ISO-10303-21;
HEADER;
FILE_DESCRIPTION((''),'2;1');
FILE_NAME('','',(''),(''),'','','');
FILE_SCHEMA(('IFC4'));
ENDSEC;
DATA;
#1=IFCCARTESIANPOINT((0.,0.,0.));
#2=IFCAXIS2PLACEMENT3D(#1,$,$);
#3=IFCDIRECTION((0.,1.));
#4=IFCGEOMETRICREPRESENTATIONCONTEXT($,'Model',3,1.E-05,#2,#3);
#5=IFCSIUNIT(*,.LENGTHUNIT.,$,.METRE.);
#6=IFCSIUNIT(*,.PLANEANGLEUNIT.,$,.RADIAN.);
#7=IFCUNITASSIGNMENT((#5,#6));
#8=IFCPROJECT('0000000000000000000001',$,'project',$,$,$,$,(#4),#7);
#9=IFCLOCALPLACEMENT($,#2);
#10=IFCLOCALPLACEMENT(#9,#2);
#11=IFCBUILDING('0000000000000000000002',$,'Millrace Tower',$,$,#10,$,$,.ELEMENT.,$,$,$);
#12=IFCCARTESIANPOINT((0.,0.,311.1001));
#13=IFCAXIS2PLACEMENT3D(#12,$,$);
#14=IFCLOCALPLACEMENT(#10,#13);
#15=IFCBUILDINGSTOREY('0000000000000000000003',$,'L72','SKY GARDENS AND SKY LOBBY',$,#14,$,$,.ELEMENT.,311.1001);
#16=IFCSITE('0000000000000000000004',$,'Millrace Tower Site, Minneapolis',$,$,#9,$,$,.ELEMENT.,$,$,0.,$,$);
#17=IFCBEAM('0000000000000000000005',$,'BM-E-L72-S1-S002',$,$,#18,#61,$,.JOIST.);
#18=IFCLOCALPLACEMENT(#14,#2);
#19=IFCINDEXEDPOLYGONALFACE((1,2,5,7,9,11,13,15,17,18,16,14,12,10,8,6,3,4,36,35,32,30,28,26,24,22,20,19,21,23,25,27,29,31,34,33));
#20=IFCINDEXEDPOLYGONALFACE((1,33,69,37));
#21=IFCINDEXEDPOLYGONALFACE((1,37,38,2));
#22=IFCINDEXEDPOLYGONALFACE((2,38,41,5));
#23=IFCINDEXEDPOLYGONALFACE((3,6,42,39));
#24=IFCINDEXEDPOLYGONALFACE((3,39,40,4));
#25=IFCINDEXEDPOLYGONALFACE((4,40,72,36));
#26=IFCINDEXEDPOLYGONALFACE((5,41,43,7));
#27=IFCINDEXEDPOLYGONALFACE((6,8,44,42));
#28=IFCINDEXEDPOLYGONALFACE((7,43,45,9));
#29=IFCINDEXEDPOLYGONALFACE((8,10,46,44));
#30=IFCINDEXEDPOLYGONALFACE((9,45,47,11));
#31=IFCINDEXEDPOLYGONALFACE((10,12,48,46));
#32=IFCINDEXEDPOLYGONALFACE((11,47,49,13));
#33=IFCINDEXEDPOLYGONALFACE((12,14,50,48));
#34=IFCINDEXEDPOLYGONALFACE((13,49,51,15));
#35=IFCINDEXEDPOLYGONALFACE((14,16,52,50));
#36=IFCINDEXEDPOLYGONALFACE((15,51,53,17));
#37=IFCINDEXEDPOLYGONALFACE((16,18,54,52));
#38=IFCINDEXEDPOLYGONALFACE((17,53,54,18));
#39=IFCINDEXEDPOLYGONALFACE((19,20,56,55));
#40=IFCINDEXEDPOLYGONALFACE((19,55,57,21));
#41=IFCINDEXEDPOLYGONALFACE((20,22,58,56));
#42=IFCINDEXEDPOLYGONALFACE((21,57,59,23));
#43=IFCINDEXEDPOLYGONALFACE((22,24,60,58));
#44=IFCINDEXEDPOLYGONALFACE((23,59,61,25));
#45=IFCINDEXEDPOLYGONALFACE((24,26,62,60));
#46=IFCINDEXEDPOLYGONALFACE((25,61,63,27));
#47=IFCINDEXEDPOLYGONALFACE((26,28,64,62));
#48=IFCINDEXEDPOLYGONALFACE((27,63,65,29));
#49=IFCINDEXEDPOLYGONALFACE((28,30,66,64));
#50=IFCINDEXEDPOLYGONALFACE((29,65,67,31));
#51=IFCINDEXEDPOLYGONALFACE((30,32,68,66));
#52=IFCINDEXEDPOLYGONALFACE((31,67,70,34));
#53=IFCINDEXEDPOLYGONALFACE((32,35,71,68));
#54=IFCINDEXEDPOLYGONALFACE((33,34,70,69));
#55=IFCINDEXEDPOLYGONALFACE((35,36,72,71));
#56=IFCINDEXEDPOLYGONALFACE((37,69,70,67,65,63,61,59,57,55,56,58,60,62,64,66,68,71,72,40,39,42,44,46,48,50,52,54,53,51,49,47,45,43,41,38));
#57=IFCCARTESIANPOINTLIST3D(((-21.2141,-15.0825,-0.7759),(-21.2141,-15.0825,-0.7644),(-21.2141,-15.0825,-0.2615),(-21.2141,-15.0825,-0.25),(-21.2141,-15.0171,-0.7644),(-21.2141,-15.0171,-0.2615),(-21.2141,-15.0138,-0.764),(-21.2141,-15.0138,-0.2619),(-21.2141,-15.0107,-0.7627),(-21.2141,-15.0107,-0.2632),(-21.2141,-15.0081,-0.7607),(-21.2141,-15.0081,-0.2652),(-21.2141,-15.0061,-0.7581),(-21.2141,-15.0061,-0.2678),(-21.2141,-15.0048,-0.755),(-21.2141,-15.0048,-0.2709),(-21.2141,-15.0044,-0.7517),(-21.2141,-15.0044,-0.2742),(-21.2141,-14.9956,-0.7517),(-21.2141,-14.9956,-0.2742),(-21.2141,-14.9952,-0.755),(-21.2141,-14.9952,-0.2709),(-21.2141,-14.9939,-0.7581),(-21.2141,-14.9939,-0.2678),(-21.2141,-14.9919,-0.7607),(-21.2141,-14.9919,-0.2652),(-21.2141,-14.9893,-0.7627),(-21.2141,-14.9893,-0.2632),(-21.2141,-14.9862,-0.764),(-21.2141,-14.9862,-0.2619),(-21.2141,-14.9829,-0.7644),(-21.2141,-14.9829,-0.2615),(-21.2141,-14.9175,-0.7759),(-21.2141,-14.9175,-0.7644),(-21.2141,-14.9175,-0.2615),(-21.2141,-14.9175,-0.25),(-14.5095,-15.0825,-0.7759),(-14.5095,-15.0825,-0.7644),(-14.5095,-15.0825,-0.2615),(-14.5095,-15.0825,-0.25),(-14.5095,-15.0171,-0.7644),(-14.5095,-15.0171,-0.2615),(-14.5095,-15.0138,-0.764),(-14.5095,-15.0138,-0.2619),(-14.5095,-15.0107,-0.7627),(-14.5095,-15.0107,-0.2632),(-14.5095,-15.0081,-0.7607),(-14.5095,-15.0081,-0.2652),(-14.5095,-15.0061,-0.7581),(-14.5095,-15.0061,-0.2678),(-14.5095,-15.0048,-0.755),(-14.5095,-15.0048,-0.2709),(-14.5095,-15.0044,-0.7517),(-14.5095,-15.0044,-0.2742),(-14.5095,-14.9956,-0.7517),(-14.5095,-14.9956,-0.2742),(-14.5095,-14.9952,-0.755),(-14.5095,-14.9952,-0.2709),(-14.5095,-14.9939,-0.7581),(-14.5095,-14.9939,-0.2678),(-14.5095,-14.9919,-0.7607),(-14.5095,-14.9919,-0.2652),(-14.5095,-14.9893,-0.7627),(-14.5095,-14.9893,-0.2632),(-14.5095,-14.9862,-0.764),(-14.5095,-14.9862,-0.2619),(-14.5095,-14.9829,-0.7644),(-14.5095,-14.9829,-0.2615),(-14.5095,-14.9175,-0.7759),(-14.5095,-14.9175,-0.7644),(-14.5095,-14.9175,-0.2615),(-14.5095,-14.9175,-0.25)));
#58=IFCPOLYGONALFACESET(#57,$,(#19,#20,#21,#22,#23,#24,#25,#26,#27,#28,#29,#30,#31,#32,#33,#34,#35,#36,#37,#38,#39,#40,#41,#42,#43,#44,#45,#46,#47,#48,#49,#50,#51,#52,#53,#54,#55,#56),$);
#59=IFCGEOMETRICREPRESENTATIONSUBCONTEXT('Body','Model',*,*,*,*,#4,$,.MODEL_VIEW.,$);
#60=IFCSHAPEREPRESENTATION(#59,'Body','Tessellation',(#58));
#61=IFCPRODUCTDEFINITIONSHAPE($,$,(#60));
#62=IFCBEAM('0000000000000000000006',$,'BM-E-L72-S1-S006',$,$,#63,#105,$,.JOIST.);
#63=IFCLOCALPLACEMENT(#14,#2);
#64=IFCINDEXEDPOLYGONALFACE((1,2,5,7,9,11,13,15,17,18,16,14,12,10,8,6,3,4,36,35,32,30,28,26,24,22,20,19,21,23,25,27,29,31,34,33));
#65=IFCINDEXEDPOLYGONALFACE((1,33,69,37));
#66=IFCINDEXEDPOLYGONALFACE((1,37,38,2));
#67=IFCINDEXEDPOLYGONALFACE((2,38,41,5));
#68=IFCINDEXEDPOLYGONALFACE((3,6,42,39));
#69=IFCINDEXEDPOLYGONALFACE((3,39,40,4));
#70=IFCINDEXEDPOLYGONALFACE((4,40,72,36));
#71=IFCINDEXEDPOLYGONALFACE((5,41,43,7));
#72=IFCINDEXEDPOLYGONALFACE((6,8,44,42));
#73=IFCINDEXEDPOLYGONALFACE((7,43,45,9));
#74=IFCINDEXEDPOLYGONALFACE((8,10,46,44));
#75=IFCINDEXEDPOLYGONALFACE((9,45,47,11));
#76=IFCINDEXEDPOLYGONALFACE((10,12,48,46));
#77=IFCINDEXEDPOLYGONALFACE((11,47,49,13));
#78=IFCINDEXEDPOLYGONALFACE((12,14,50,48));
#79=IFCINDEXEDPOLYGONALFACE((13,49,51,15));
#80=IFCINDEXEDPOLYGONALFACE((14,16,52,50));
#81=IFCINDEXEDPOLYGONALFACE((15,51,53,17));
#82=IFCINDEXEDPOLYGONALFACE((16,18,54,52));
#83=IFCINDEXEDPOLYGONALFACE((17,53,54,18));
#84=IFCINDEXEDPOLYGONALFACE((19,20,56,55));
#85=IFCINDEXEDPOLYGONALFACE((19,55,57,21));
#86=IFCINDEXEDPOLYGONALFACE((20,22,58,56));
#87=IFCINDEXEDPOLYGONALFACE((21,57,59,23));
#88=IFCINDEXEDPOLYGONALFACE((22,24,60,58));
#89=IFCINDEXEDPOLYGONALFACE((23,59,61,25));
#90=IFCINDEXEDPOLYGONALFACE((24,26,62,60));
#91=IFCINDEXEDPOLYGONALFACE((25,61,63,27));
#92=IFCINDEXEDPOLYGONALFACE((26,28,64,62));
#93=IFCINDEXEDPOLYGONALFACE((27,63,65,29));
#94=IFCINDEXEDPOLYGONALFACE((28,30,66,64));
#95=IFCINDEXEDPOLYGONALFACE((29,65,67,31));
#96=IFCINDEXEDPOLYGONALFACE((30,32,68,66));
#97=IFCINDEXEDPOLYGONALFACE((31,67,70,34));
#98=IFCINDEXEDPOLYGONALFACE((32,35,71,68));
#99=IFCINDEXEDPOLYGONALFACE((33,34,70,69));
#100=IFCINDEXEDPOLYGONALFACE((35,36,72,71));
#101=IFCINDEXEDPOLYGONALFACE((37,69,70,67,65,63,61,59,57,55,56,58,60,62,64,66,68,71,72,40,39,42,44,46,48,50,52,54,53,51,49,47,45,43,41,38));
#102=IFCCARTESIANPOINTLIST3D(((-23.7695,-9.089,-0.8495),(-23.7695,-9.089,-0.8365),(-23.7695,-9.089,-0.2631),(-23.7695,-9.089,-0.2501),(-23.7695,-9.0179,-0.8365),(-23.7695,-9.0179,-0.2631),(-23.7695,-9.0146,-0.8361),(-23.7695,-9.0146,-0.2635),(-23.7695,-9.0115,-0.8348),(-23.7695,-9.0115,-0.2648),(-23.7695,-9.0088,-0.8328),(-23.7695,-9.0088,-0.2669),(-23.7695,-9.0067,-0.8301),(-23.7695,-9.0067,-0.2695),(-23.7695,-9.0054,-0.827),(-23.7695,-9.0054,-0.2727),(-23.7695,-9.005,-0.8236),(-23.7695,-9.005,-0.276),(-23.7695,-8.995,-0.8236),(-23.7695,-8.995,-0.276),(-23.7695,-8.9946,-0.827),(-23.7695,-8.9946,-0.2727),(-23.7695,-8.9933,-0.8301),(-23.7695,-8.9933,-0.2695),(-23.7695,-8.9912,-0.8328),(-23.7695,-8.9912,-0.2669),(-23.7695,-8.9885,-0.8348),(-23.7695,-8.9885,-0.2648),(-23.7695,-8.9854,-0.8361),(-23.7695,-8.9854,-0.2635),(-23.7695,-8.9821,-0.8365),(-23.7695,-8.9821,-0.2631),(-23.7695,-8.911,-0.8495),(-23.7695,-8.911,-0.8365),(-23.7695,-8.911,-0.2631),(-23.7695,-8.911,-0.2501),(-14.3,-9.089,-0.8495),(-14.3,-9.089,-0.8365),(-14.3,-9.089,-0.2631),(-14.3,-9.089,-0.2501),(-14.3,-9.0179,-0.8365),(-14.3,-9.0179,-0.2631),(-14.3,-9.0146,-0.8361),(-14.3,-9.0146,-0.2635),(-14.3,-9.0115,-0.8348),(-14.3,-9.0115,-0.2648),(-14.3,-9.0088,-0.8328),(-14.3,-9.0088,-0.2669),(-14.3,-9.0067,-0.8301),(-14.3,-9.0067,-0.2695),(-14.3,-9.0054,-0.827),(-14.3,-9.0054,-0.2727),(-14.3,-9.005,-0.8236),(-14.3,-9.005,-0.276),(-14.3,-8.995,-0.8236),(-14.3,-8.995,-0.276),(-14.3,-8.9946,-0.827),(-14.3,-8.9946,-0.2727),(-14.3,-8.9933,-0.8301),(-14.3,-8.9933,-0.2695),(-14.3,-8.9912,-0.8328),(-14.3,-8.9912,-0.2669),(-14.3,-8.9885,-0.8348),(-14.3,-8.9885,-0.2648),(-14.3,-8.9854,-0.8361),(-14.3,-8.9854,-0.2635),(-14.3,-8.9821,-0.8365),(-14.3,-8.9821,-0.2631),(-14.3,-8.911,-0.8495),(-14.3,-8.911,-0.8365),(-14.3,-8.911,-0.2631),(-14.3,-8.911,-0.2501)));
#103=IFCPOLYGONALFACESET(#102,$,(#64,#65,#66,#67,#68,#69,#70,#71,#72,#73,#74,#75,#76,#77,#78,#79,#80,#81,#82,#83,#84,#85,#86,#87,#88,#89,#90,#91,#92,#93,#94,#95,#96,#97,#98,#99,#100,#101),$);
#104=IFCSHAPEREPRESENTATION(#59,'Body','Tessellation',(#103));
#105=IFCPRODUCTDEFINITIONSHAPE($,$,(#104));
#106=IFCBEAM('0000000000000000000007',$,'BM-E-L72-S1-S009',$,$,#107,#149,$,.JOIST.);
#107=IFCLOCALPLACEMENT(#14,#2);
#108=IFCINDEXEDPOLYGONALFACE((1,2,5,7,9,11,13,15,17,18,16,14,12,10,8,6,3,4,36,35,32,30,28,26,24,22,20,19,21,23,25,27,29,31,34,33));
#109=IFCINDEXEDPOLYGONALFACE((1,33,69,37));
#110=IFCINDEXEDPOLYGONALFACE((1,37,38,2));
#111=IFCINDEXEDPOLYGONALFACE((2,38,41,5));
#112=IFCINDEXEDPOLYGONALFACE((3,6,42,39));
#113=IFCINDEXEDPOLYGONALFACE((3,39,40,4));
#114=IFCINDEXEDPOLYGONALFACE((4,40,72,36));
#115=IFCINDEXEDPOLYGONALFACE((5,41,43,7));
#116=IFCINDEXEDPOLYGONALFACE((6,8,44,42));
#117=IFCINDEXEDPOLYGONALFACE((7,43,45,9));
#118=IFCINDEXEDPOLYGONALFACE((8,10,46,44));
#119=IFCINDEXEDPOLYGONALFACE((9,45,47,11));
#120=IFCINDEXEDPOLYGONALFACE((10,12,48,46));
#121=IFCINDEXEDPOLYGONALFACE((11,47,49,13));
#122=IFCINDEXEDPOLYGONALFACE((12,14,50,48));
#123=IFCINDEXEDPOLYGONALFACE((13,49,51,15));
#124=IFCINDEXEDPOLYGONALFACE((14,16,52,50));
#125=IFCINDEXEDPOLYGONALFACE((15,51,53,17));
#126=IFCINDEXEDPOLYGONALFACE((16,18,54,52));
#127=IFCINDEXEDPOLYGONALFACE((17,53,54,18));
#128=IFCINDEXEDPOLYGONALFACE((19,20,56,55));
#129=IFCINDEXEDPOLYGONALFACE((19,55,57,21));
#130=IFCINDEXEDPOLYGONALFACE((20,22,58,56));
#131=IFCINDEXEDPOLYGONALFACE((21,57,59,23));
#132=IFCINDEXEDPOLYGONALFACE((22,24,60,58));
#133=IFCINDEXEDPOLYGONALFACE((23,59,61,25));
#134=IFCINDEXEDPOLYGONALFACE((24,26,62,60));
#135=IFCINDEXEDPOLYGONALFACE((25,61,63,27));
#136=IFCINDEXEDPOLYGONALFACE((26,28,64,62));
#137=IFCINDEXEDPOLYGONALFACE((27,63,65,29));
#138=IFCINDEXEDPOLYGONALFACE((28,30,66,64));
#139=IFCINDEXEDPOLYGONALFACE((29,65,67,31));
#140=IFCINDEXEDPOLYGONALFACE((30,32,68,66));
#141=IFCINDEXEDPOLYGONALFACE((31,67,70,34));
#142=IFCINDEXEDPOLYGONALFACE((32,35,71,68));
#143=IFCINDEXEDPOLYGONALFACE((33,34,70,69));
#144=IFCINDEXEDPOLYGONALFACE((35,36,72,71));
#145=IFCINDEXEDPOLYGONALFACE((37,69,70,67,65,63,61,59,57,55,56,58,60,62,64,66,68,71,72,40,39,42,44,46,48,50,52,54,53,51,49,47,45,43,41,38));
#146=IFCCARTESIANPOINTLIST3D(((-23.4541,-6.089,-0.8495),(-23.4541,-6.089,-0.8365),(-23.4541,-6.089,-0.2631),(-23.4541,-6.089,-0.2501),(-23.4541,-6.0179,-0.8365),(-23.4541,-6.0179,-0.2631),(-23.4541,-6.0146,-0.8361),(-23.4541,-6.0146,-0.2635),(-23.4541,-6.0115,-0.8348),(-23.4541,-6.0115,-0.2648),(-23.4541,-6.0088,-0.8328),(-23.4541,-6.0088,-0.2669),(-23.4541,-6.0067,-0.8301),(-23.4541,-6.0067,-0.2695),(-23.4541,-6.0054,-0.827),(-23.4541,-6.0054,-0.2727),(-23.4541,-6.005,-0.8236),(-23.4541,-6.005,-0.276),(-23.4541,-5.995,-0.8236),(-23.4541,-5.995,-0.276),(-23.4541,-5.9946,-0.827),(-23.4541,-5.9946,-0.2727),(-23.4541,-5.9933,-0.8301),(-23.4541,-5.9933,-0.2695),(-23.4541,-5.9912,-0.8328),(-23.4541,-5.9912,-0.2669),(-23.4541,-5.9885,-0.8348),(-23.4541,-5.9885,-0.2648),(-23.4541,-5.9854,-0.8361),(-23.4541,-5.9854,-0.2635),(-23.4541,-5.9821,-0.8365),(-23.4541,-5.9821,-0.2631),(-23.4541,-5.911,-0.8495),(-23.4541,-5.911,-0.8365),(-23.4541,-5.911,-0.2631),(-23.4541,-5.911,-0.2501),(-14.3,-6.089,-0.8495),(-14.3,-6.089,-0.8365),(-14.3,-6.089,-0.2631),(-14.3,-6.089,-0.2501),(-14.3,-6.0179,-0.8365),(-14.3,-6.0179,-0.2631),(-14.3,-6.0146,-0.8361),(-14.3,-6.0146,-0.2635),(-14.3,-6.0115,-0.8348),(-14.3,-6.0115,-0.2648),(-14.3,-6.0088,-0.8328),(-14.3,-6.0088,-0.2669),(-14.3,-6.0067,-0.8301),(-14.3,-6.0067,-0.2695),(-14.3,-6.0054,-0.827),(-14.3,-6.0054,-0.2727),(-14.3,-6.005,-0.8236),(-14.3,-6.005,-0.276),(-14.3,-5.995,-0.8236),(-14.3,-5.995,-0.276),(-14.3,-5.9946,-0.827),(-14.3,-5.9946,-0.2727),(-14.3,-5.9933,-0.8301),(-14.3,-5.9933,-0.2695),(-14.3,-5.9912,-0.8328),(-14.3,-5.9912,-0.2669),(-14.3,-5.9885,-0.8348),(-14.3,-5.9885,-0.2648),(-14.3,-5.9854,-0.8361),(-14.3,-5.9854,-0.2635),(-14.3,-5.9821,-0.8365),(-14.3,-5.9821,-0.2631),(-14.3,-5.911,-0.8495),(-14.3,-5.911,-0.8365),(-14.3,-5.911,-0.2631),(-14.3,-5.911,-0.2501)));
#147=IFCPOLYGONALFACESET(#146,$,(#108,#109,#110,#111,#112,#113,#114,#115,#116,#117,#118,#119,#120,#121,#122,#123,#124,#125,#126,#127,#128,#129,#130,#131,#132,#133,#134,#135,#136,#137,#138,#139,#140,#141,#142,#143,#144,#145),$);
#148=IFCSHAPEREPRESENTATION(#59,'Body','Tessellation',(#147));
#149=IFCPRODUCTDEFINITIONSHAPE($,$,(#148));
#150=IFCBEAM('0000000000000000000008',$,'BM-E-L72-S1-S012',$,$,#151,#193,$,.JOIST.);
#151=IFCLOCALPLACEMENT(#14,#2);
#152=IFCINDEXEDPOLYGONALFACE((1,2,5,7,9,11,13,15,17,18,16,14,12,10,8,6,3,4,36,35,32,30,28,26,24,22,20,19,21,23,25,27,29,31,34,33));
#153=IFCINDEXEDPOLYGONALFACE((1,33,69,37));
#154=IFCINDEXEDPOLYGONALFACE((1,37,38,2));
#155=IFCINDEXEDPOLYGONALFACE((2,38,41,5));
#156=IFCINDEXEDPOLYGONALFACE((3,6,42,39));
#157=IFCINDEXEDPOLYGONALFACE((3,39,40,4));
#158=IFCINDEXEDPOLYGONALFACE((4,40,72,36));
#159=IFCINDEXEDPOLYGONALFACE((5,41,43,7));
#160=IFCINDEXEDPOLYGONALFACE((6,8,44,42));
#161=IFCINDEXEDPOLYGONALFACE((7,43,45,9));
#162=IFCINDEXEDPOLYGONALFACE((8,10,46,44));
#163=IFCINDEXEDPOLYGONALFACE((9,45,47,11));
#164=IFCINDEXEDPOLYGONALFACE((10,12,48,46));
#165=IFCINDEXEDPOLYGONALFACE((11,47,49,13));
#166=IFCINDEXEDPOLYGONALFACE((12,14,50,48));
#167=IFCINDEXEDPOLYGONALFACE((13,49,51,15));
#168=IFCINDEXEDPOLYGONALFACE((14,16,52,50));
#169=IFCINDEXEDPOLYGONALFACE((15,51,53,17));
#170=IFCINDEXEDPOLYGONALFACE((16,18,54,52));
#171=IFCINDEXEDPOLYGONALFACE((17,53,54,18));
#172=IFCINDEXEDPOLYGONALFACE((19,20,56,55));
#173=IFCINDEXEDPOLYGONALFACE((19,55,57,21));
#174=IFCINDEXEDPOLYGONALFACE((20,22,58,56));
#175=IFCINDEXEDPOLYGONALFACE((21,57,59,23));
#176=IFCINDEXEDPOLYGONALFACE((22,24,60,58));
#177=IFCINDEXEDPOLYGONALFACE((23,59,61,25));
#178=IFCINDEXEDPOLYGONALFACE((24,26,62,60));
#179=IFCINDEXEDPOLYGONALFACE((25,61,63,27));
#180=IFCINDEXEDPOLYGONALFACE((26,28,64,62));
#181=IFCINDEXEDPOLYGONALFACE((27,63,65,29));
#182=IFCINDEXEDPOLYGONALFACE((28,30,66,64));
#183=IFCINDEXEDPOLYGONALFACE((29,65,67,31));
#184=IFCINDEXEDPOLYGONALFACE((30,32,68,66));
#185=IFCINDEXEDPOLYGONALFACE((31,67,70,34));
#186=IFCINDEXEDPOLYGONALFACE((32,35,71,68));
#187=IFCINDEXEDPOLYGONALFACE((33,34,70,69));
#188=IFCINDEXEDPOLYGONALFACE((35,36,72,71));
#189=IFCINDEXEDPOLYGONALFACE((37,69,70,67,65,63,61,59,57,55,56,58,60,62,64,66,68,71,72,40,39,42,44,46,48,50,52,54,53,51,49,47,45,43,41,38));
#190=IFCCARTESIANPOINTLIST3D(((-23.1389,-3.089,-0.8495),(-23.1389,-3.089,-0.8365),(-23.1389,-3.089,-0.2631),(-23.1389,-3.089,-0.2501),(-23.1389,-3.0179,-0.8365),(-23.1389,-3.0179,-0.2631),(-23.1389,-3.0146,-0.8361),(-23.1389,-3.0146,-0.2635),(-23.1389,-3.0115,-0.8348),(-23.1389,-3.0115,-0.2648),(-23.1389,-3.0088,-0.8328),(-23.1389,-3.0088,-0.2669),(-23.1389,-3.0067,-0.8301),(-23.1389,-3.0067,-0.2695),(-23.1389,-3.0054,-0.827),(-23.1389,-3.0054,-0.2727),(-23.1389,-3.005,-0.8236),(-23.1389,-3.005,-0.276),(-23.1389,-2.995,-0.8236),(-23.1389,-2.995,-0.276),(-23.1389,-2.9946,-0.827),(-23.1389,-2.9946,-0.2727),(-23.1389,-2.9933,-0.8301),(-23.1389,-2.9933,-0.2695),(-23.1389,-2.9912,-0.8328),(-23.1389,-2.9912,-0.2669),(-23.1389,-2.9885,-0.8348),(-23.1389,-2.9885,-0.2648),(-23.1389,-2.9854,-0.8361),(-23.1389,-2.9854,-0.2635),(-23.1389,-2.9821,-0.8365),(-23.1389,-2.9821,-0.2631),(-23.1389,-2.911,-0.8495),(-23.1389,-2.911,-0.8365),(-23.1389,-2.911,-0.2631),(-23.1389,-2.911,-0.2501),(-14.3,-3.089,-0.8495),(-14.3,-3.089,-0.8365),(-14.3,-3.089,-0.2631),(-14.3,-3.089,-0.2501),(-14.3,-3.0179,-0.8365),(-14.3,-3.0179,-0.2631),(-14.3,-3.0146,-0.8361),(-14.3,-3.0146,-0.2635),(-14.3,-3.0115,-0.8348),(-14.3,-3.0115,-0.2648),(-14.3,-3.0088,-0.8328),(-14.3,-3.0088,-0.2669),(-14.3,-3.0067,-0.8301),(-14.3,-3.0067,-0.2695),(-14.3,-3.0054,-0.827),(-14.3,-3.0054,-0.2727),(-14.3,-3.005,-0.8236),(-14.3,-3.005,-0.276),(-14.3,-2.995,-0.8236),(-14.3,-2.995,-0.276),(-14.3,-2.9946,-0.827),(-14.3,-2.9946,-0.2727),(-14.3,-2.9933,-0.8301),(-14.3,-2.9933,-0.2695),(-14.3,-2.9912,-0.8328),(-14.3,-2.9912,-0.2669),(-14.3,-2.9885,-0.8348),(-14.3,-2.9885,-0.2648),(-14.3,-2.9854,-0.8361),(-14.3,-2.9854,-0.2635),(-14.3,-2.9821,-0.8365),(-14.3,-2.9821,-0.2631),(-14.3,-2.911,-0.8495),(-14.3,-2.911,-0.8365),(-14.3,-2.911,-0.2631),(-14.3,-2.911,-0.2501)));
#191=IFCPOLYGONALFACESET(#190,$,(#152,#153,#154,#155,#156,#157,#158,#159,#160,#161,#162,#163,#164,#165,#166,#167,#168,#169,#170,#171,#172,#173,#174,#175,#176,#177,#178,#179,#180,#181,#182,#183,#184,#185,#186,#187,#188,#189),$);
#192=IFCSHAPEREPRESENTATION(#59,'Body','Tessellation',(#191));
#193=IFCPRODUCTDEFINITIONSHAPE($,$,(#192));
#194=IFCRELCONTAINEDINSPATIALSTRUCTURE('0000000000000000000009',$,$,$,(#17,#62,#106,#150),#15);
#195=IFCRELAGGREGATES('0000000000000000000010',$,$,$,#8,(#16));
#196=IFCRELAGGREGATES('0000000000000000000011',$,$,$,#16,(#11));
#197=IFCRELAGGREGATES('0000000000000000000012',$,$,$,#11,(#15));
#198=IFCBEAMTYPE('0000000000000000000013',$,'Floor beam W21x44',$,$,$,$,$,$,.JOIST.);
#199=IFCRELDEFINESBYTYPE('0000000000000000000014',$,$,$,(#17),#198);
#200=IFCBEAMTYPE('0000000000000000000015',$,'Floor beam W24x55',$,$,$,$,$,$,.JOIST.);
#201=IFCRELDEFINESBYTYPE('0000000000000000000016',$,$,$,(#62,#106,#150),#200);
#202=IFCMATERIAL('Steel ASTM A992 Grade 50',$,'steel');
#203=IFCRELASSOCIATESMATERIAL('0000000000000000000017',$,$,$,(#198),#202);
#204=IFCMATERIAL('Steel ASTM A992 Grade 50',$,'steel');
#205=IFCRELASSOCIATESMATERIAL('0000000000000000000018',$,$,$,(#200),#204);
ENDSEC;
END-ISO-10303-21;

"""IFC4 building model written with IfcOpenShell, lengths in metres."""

from ifc_helpers import new_model, si_unit, direction, frame, origin, origin_2d, place, context, subcontext, project, spatial, i_section, extrude, material, material_profile, profile_set, type_object, element, save


model = new_model("IFC4")

# Units and contexts
model_context = context("Model", 3, precision=1e-05, world=origin(), true_north=direction((0.0, 1.0)))
body_context = subcontext(model_context, "Body", "Model", "MODEL_VIEW")
ifc_project = project(units=[si_unit("LENGTHUNIT", "METRE"), si_unit("PLANEANGLEUNIT", "RADIAN")], contexts=[model_context])

# Site, building, storey
site_placement = place(None, origin())
site = spatial("IfcSite", under=ifc_project, at=site_placement, Name="Millrace Tower Site, Minneapolis", CompositionType="ELEMENT", RefElevation=0.0)
building_placement = place(site_placement, origin())
building = spatial("IfcBuilding", under=site, at=building_placement, Name="Millrace Tower", CompositionType="ELEMENT")
storey_placement = place(building_placement, frame((0.0, 0.0, 311.1001)))
storey = spatial("IfcBuildingStorey", under=building, at=storey_placement, Name="L72", Description="SKY GARDENS AND SKY LOBBY", CompositionType="ELEMENT", Elevation=311.1001)

# Beams
ifc_material_1 = material(Name="Steel ASTM A992 Grade 50", Category="steel")
ifc_material_profile_1 = material_profile(ifc_material_1, i_section(OverallWidth=0.165, OverallDepth=0.5259, WebThickness=0.0088, FlangeThickness=0.0115, FilletRadius=0.0127, at=origin_2d()))
ifc_profile_set_1 = profile_set([ifc_material_profile_1], Name="Steel ASTM A992 Grade 50")
beam_type_1 = type_object("IfcBeamType", Name="Floor beam W21x44", PredefinedType="JOIST", material=ifc_profile_set_1)
beam_1_placement = place(storey_placement, frame((-21.2141, -15.0, -0.5129), z_axis=(1.0, 0.0, 0.0), x_axis=(0.0, 1.0, 0.0)))
element("IfcBeam", 1, at=beam_1_placement, inside=storey, type_object=beam_type_1, Name="BM-E-L72-S1-S002", PredefinedType="JOIST", context=body_context, shape_type="SweptSolid", body=[
    extrude(i_section(OverallWidth=0.165, OverallDepth=0.5259, WebThickness=0.0088, FlangeThickness=0.0115, FilletRadius=0.0127, at=origin_2d()), origin(), (0.0, 0.0, 1.0), 6.7046),
])
ifc_material_2 = material(Name="Steel ASTM A992 Grade 50", Category="steel")
ifc_material_profile_2 = material_profile(ifc_material_2, i_section(OverallWidth=0.178, OverallDepth=0.5994, WebThickness=0.01, FlangeThickness=0.0129, FilletRadius=0.0129, at=origin_2d()))
ifc_profile_set_2 = profile_set([ifc_material_profile_2], Name="Steel ASTM A992 Grade 50")
beam_type_2 = type_object("IfcBeamType", Name="Floor beam W24x55", PredefinedType="JOIST", material=ifc_profile_set_2)
beam_2_placement = place(storey_placement, frame((-23.7695, -9.0, -0.5498), z_axis=(1.0, 0.0, 0.0), x_axis=(0.0, 1.0, 0.0)))
element("IfcBeam", 2, at=beam_2_placement, inside=storey, type_object=beam_type_2, Name="BM-E-L72-S1-S006", PredefinedType="JOIST", context=body_context, shape_type="SweptSolid", body=[
    extrude(i_section(OverallWidth=0.178, OverallDepth=0.5994, WebThickness=0.01, FlangeThickness=0.0129, FilletRadius=0.0129, at=origin_2d()), origin(), (0.0, 0.0, 1.0), 9.4695),
])
beam_3_placement = place(storey_placement, frame((-23.4541, -6.0, -0.5498), z_axis=(1.0, 0.0, 0.0), x_axis=(0.0, 1.0, 0.0)))
element("IfcBeam", 3, at=beam_3_placement, inside=storey, type_object=beam_type_2, Name="BM-E-L72-S1-S009", PredefinedType="JOIST", context=body_context, shape_type="SweptSolid", body=[
    extrude(i_section(OverallWidth=0.178, OverallDepth=0.5994, WebThickness=0.01, FlangeThickness=0.0129, FilletRadius=0.0129, at=origin_2d()), origin(), (0.0, 0.0, 1.0), 9.1541),
])
beam_4_placement = place(storey_placement, frame((-23.1389, -3.0, -0.5498), z_axis=(1.0, 0.0, 0.0), x_axis=(0.0, 1.0, 0.0)))
element("IfcBeam", 4, at=beam_4_placement, inside=storey, type_object=beam_type_2, Name="BM-E-L72-S1-S012", PredefinedType="JOIST", context=body_context, shape_type="SweptSolid", body=[
    extrude(i_section(OverallWidth=0.178, OverallDepth=0.5994, WebThickness=0.01, FlangeThickness=0.0129, FilletRadius=0.0129, at=origin_2d()), origin(), (0.0, 0.0, 1.0), 8.8389),
])

save(model, "model.ifc")
